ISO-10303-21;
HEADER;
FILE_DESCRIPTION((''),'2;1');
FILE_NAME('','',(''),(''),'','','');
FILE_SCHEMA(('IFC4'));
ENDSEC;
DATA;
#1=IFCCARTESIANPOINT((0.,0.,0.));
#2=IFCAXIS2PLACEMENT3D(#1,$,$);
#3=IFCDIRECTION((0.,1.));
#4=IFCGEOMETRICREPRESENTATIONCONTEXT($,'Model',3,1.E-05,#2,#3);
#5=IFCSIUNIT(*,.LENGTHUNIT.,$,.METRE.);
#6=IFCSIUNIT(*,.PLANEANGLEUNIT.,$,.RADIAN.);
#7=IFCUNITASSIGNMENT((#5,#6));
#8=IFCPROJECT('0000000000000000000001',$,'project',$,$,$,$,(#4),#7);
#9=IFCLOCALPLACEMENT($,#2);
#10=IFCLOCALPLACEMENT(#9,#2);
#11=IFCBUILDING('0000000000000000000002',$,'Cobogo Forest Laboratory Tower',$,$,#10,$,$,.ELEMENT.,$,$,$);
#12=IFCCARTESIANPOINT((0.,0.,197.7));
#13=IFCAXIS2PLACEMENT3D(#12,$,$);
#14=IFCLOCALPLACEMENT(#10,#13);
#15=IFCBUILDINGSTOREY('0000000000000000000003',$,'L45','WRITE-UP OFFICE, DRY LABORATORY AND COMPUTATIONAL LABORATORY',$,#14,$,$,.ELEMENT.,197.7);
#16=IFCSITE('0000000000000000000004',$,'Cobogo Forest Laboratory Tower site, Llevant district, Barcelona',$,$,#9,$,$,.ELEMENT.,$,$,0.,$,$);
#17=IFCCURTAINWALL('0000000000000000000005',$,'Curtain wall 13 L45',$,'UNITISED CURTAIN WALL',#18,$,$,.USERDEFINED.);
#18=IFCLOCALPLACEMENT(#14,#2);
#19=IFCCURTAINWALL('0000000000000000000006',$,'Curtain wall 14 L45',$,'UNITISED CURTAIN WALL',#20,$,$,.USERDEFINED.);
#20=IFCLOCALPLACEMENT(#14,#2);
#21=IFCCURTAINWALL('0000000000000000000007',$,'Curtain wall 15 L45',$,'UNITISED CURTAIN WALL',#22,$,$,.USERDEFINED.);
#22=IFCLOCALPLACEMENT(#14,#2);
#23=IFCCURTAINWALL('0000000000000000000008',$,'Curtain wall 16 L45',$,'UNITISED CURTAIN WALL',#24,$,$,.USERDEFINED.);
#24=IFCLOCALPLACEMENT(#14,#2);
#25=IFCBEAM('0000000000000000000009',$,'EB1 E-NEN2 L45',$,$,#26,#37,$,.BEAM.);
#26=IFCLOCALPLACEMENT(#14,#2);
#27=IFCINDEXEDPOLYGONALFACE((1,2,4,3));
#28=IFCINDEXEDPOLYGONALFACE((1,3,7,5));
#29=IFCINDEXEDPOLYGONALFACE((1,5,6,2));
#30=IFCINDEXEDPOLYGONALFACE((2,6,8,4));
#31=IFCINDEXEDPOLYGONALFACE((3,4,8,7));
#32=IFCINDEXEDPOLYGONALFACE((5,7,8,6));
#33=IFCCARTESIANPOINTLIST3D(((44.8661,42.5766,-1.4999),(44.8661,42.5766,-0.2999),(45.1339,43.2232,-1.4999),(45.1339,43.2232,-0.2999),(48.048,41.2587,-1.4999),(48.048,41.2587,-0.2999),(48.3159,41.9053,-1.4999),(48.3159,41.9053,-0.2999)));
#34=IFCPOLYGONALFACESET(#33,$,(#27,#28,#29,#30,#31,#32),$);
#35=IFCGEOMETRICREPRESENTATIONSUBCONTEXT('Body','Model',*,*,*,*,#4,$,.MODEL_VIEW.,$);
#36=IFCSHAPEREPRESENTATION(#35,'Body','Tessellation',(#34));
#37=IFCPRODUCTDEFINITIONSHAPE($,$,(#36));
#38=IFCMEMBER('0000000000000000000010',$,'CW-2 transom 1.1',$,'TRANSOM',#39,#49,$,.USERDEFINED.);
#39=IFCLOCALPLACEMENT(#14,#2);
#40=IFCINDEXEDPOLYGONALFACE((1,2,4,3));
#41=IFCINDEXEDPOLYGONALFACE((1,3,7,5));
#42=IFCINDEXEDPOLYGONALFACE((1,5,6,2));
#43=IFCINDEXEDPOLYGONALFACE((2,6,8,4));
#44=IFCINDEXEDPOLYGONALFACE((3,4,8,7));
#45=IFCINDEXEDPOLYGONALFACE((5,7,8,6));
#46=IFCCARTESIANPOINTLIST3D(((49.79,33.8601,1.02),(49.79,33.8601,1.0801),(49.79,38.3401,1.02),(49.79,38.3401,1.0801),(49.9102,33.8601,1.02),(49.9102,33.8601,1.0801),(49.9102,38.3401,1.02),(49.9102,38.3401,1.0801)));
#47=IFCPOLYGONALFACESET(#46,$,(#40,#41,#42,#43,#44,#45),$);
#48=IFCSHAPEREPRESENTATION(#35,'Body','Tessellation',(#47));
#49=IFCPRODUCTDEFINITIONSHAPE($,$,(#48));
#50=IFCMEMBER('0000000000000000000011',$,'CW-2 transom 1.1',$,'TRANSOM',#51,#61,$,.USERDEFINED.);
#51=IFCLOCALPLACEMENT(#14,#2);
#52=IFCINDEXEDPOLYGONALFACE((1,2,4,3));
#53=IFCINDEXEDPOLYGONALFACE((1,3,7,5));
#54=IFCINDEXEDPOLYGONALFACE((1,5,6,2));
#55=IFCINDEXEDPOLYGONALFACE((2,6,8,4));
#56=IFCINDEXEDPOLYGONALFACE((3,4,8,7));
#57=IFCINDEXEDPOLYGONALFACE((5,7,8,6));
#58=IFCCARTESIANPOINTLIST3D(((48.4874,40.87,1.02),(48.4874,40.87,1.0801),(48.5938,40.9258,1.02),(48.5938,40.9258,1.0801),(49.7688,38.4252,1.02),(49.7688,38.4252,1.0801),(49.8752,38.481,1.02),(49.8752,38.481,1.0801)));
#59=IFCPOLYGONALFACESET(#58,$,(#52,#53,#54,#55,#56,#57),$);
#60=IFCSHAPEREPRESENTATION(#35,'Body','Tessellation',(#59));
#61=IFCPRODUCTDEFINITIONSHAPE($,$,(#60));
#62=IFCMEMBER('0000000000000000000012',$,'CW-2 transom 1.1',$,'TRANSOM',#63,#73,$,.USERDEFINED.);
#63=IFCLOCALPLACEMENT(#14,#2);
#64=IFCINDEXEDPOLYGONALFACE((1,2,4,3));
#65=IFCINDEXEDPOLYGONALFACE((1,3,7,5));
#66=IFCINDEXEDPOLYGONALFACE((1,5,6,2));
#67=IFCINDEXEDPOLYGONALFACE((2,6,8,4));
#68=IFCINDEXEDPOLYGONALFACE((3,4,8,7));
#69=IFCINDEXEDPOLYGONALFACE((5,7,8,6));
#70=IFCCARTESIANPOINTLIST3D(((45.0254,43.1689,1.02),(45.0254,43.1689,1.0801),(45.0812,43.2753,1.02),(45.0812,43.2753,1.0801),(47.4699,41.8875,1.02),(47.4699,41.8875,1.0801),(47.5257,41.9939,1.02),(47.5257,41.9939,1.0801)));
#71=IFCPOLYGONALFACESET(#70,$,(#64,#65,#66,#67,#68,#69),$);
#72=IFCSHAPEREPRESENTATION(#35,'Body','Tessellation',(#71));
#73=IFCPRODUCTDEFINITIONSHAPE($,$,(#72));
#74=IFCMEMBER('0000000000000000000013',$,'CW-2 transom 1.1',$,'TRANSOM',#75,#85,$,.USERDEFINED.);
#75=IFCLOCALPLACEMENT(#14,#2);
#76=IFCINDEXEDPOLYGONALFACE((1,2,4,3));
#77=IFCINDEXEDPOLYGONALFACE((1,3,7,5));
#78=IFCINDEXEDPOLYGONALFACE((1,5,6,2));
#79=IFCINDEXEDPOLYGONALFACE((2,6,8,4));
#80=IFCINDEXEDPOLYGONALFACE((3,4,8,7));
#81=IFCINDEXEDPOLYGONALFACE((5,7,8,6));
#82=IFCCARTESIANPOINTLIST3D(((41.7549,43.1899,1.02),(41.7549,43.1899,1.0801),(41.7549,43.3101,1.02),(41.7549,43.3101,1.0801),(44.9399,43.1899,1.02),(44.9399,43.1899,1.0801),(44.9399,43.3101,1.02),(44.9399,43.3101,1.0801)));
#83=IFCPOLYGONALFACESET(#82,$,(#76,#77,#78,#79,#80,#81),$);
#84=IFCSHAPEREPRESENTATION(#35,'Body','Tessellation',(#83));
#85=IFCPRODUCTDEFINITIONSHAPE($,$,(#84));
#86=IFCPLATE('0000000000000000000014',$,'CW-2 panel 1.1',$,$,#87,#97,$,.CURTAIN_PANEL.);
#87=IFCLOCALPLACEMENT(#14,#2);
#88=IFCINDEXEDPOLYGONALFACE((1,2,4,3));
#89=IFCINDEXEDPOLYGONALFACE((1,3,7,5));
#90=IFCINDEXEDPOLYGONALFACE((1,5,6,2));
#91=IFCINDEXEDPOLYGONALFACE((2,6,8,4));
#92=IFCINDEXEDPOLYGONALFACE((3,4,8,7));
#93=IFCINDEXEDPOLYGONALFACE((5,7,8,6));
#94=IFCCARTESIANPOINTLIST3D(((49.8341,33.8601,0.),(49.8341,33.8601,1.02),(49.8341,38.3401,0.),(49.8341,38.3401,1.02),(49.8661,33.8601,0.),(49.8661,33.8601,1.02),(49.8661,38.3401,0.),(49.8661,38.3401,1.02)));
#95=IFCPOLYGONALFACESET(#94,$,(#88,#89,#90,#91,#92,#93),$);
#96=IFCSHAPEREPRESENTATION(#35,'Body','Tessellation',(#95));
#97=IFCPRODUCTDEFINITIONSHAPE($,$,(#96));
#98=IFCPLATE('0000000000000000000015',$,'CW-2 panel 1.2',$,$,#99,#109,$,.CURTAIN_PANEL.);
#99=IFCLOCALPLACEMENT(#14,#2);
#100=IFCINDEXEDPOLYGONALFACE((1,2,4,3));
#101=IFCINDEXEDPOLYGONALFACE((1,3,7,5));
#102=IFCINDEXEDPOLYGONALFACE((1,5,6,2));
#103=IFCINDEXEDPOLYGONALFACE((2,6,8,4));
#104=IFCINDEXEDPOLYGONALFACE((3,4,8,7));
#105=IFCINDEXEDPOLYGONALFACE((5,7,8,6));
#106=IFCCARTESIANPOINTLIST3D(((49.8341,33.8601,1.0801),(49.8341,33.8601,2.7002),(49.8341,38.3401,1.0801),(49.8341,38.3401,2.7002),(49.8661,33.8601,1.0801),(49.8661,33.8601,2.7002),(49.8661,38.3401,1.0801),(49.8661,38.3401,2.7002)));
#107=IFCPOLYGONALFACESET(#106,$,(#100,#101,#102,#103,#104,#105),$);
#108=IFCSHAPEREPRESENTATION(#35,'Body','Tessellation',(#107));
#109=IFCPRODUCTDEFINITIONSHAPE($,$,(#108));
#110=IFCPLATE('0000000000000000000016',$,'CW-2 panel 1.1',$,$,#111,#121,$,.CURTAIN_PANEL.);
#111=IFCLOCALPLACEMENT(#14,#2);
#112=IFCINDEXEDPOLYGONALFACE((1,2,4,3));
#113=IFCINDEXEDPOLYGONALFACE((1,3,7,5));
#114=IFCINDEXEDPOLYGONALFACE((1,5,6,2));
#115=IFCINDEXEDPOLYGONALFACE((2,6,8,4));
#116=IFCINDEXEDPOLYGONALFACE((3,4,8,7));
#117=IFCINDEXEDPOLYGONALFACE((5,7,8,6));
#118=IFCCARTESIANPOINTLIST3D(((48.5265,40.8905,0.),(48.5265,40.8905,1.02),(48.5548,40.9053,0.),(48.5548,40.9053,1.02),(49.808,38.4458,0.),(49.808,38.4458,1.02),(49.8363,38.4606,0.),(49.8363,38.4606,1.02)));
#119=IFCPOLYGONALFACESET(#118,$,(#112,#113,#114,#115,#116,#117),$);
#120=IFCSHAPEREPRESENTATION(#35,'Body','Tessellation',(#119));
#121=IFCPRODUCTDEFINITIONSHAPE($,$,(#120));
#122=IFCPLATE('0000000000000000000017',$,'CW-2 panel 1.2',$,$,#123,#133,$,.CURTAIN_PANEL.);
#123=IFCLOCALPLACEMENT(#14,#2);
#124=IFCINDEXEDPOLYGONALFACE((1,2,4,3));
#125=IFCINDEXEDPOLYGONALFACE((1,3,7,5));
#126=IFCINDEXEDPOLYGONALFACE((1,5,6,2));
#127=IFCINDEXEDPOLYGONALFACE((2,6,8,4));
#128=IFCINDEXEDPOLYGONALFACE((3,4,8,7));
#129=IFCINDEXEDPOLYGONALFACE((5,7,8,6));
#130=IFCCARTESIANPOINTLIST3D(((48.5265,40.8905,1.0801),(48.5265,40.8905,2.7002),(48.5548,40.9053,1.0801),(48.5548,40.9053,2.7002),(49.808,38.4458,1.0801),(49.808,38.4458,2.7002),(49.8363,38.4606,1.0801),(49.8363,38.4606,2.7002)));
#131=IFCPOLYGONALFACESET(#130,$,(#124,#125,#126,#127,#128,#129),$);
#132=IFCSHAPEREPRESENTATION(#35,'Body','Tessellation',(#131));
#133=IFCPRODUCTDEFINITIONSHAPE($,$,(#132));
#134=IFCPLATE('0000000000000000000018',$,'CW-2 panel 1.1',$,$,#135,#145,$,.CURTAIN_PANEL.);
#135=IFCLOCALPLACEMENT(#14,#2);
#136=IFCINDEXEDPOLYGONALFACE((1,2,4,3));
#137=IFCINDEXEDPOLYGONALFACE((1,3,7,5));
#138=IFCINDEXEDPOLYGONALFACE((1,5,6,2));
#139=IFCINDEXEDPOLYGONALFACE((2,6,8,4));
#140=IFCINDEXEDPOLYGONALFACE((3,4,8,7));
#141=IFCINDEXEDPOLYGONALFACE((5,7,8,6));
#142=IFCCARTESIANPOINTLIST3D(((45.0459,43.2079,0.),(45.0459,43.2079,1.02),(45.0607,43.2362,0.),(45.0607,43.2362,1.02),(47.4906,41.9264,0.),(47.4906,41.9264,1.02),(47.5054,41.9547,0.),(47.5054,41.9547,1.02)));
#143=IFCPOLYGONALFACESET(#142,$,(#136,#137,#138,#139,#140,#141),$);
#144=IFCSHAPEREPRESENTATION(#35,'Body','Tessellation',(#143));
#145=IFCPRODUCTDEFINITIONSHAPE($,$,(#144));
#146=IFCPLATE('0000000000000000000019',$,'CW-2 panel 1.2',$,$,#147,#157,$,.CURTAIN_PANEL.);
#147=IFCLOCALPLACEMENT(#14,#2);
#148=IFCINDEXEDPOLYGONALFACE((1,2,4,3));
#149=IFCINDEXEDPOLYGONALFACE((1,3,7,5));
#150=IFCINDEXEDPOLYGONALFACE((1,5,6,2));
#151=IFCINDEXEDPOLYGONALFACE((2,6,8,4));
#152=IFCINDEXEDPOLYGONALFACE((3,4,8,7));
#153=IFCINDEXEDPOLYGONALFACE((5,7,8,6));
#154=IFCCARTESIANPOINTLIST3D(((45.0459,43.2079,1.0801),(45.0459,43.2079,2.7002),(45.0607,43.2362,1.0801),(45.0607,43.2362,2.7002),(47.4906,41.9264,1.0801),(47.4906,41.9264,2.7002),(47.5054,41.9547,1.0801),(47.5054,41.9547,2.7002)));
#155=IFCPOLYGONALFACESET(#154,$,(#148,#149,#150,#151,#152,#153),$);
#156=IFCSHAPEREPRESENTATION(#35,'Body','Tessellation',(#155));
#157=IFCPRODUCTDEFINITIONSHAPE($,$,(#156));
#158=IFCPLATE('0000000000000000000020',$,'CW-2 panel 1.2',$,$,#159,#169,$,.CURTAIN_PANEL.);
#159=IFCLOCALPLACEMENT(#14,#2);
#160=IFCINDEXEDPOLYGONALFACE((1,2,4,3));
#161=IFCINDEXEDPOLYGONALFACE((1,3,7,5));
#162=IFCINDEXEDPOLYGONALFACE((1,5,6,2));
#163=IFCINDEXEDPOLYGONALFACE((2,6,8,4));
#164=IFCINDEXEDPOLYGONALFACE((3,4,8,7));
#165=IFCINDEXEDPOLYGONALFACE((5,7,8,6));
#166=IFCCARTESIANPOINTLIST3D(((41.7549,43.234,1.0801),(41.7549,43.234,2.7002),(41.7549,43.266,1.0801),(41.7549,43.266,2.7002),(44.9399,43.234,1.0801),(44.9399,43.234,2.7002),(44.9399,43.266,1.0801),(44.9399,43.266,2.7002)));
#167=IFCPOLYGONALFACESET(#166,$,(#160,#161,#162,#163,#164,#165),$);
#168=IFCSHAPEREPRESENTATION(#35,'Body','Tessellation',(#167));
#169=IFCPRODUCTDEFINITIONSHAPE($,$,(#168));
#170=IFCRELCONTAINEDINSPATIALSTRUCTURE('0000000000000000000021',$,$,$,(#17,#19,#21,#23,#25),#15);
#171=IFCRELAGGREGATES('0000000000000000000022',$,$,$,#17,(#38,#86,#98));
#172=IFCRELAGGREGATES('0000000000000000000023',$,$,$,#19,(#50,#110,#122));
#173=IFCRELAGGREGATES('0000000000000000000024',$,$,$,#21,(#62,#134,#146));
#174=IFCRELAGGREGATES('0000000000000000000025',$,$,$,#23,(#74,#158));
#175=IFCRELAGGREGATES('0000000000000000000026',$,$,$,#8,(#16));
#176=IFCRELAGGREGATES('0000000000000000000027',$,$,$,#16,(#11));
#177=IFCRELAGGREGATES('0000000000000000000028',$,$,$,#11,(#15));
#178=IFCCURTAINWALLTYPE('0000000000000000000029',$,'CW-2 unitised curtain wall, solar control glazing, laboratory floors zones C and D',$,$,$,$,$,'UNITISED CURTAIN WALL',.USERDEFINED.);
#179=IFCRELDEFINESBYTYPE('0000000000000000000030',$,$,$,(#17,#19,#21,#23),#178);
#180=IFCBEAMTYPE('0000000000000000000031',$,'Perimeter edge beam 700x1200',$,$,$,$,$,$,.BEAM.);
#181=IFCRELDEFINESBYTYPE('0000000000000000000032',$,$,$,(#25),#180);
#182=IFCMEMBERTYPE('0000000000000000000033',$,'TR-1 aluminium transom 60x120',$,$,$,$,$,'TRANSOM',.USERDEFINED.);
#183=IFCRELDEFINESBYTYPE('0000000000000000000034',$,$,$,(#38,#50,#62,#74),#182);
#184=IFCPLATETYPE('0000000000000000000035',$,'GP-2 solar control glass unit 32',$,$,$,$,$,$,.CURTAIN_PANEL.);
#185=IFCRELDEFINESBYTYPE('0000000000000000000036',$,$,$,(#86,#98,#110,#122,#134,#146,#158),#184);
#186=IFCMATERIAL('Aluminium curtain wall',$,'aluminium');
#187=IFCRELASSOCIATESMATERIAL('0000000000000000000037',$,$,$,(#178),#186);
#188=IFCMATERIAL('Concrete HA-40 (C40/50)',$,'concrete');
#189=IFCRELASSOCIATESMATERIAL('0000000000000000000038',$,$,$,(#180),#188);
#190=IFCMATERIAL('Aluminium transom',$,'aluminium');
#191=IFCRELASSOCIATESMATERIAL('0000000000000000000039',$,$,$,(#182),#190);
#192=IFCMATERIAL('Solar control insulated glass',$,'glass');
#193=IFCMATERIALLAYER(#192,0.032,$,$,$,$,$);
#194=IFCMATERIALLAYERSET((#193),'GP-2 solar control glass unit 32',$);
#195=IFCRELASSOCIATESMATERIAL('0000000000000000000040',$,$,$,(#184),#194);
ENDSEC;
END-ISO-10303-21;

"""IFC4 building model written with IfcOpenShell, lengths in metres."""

from ifc_helpers import new_model, si_unit, direction, frame, origin, origin_2d, place, context, subcontext, project, spatial, rectangle, extrude, material, layer, layer_set, material_profile, profile_set, type_object, element, aggregate, save


model = new_model("IFC4")

# Units and contexts
model_context = context("Model", 3, precision=1e-05, world=origin(), true_north=direction((0.0, 1.0)))
body_context = subcontext(model_context, "Body", "Model", "MODEL_VIEW")
ifc_project = project(units=[si_unit("LENGTHUNIT", "METRE"), si_unit("PLANEANGLEUNIT", "RADIAN")], contexts=[model_context])

# Site, building, storey
site_placement = place(None, origin())
site = spatial("IfcSite", under=ifc_project, at=site_placement, Name="Cobogo Forest Laboratory Tower site, Llevant district, Barcelona", CompositionType="ELEMENT", RefElevation=0.0)
building_placement = place(site_placement, origin())
building = spatial("IfcBuilding", under=site, at=building_placement, Name="Cobogo Forest Laboratory Tower", CompositionType="ELEMENT")
storey_placement = place(building_placement, frame((0.0, 0.0, 197.7)))
storey = spatial("IfcBuildingStorey", under=building, at=storey_placement, Name="L45", Description="WRITE-UP OFFICE, DRY LABORATORY AND COMPUTATIONAL LABORATORY", CompositionType="ELEMENT", Elevation=197.7)

# Shared definitions
ifc_material_1 = material(Name="Concrete HA-40 (C40/50)", Category="concrete")

# Curtain walls
ifc_material_2 = material(Name="Aluminium curtain wall", Category="aluminium")
curtain_wall_type = type_object("IfcCurtainWallType", Name="CW-2 unitised curtain wall, solar control glazing, laboratory floors zones C and D", ElementType="UNITISED CURTAIN WALL", PredefinedType="USERDEFINED", material=ifc_material_2)
curtain_wall_1_placement = place(storey_placement, origin())
curtain_wall_1 = element("IfcCurtainWall", 1, at=curtain_wall_1_placement, inside=storey, type_object=curtain_wall_type, Name="Curtain wall 13 L45", ObjectType="UNITISED CURTAIN WALL", PredefinedType="USERDEFINED")
curtain_wall_2_placement = place(storey_placement, origin())
curtain_wall_2 = element("IfcCurtainWall", 2, at=curtain_wall_2_placement, inside=storey, type_object=curtain_wall_type, Name="Curtain wall 14 L45", ObjectType="UNITISED CURTAIN WALL", PredefinedType="USERDEFINED")
curtain_wall_3_placement = place(storey_placement, origin())
curtain_wall_3 = element("IfcCurtainWall", 3, at=curtain_wall_3_placement, inside=storey, type_object=curtain_wall_type, Name="Curtain wall 15 L45", ObjectType="UNITISED CURTAIN WALL", PredefinedType="USERDEFINED")

# Curtain wall
curtain_wall_4_placement = place(storey_placement, origin())
curtain_wall_4 = element("IfcCurtainWall", 4, at=curtain_wall_4_placement, inside=storey, type_object=curtain_wall_type, Name="Curtain wall 16 L45", ObjectType="UNITISED CURTAIN WALL", PredefinedType="USERDEFINED")

# Beam
ifc_material_profile_1 = material_profile(ifc_material_1, rectangle(XDim=0.7, YDim=1.2, at=origin_2d()), Name="RC 700x1200")
ifc_profile_set_1 = profile_set([ifc_material_profile_1], Name="Concrete HA-40 (C40/50)")
beam_type_1 = type_object("IfcBeamType", Name="Perimeter edge beam 700x1200", PredefinedType="BEAM", material=ifc_profile_set_1)
beam_1_placement = place(storey_placement, frame((45.0, 42.8999, -0.8999), z_axis=(0.923891, -0.382656, 0.0), x_axis=(0.382656, 0.923891, 0.0)))
element("IfcBeam", 5, at=beam_1_placement, inside=storey, type_object=beam_type_1, Name="EB1 E-NEN2 L45", PredefinedType="BEAM", context=body_context, shape_type="SweptSolid", body=[
    extrude(rectangle(XDim=0.7, YDim=1.2, at=origin_2d()), origin(), (0.0, 0.0, 1.0), 3.4441),
])

# Members
ifc_material_3 = material(Name="Aluminium transom", Category="aluminium")
ifc_material_profile_2 = material_profile(ifc_material_3, rectangle(XDim=0.1201, YDim=0.0601, at=origin_2d()), Name="AL 60x120")
ifc_profile_set_2 = profile_set([ifc_material_profile_2], Name="Aluminium transom")
member_type_1 = type_object("IfcMemberType", Name="TR-1 aluminium transom 60x120", ElementType="TRANSOM", PredefinedType="USERDEFINED", material=ifc_profile_set_2)
member_1_placement = place(storey_placement, frame((49.8501, 33.8601, 1.05), z_axis=(0.0, 1.0, 0.0), x_axis=(-1.0, 0.0, 0.0)))
member_1 = element("IfcMember", 6, at=member_1_placement, type_object=member_type_1, Name="CW-2 transom 1.1", ObjectType="TRANSOM", PredefinedType="USERDEFINED", context=body_context, shape_type="SweptSolid", body=[
    extrude(rectangle(XDim=0.1201, YDim=0.0601, at=origin_2d()), origin(), (0.0, 0.0, 1.0), 4.48),
])
member_2_placement = place(storey_placement, frame((49.822, 38.4531, 1.05), z_axis=(-0.464255, 0.885702, 0.0), x_axis=(-0.885702, -0.464255, 0.0)))
member_2 = element("IfcMember", 7, at=member_2_placement, type_object=member_type_1, Name="CW-2 transom 1.1", ObjectType="TRANSOM", PredefinedType="USERDEFINED", context=body_context, shape_type="SweptSolid", body=[
    extrude(rectangle(XDim=0.1201, YDim=0.0601, at=origin_2d()), origin(), (0.0, 0.0, 1.0), 2.7603),
])
member_3_placement = place(storey_placement, frame((47.4978, 41.9407, 1.05), z_axis=(-0.885683, 0.464291, 0.0), x_axis=(-0.464291, -0.885683, 0.0)))
member_3 = element("IfcMember", 8, at=member_3_placement, type_object=member_type_1, Name="CW-2 transom 1.1", ObjectType="TRANSOM", PredefinedType="USERDEFINED", context=body_context, shape_type="SweptSolid", body=[
    extrude(rectangle(XDim=0.1201, YDim=0.0601, at=origin_2d()), origin(), (0.0, 0.0, 1.0), 2.76),
])
member_4_placement = place(storey_placement, frame((44.9399, 43.25, 1.05), z_axis=(-1.0, 0.0, 0.0), x_axis=(0.0, -1.0, 0.0)))
member_4 = element("IfcMember", 9, at=member_4_placement, type_object=member_type_1, Name="CW-2 transom 1.1", ObjectType="TRANSOM", PredefinedType="USERDEFINED", context=body_context, shape_type="SweptSolid", body=[
    extrude(rectangle(XDim=0.1201, YDim=0.0601, at=origin_2d()), origin(), (0.0, 0.0, 1.0), 3.1851),
])

# Plates
ifc_material_4 = material(Name="Solar control insulated glass", Category="glass")
ifc_layer = layer(ifc_material_4, 0.032)
ifc_layer_set = layer_set([ifc_layer], Name="GP-2 solar control glass unit 32")
plate_type = type_object("IfcPlateType", Name="GP-2 solar control glass unit 32", PredefinedType="CURTAIN_PANEL", material=ifc_layer_set)
plate_1_placement = place(storey_placement, frame((49.8501, 36.1001, 0.0), z_axis=(0.0, 0.0, 1.0), x_axis=(0.0, 1.0, 0.0)))
plate_1 = element("IfcPlate", 10, at=plate_1_placement, type_object=plate_type, Name="CW-2 panel 1.1", PredefinedType="CURTAIN_PANEL", context=body_context, shape_type="SweptSolid", body=[
    extrude(rectangle(XDim=4.48, YDim=0.032, at=origin_2d()), origin(), (0.0, 0.0, 1.0), 1.02),
])
plate_2_placement = place(storey_placement, frame((49.8501, 36.1001, 1.0801), z_axis=(0.0, 0.0, 1.0), x_axis=(0.0, 1.0, 0.0)))
plate_2 = element("IfcPlate", 11, at=plate_2_placement, type_object=plate_type, Name="CW-2 panel 1.2", PredefinedType="CURTAIN_PANEL", context=body_context, shape_type="SweptSolid", body=[
    extrude(rectangle(XDim=4.48, YDim=0.032, at=origin_2d()), origin(), (0.0, 0.0, 1.0), 1.6201),
])
aggregate(curtain_wall_1, [member_1, plate_1, plate_2])
plate_3_placement = place(storey_placement, frame((49.1814, 39.6755, 0.0), z_axis=(0.0, 0.0, 1.0), x_axis=(-0.464284, 0.885686, 0.0)))
plate_3 = element("IfcPlate", 12, at=plate_3_placement, type_object=plate_type, Name="CW-2 panel 1.1", PredefinedType="CURTAIN_PANEL", context=body_context, shape_type="SweptSolid", body=[
    extrude(rectangle(XDim=2.7603, YDim=0.032, at=origin_2d()), origin(), (0.0, 0.0, 1.0), 1.02),
])
plate_4_placement = place(storey_placement, frame((49.1814, 39.6755, 1.0801), z_axis=(0.0, 0.0, 1.0), x_axis=(-0.464284, 0.885686, 0.0)))
plate_4 = element("IfcPlate", 13, at=plate_4_placement, type_object=plate_type, Name="CW-2 panel 1.2", PredefinedType="CURTAIN_PANEL", context=body_context, shape_type="SweptSolid", body=[
    extrude(rectangle(XDim=2.7603, YDim=0.032, at=origin_2d()), origin(), (0.0, 0.0, 1.0), 1.6201),
])
aggregate(curtain_wall_2, [member_2, plate_3, plate_4])
plate_5_placement = place(storey_placement, frame((46.2756, 42.5813, 0.0), z_axis=(0.0, 0.0, 1.0), x_axis=(-0.885686, 0.464284, 0.0)))
plate_5 = element("IfcPlate", 14, at=plate_5_placement, type_object=plate_type, Name="CW-2 panel 1.1", PredefinedType="CURTAIN_PANEL", context=body_context, shape_type="SweptSolid", body=[
    extrude(rectangle(XDim=2.7603, YDim=0.032, at=origin_2d()), origin(), (0.0, 0.0, 1.0), 1.02),
])
plate_6_placement = place(storey_placement, frame((46.2756, 42.5813, 1.0801), z_axis=(0.0, 0.0, 1.0), x_axis=(-0.885686, 0.464284, 0.0)))
plate_6 = element("IfcPlate", 15, at=plate_6_placement, type_object=plate_type, Name="CW-2 panel 1.2", PredefinedType="CURTAIN_PANEL", context=body_context, shape_type="SweptSolid", body=[
    extrude(rectangle(XDim=2.7603, YDim=0.032, at=origin_2d()), origin(), (0.0, 0.0, 1.0), 1.6201),
])
aggregate(curtain_wall_3, [member_3, plate_5, plate_6])
plate_7_placement = place(storey_placement, frame((43.3474, 43.25, 1.0801), z_axis=(0.0, 0.0, 1.0), x_axis=(-1.0, 0.0, 0.0)))
plate_7 = element("IfcPlate", 16, at=plate_7_placement, type_object=plate_type, Name="CW-2 panel 1.2", PredefinedType="CURTAIN_PANEL", context=body_context, shape_type="SweptSolid", body=[
    extrude(rectangle(XDim=3.1851, YDim=0.032, at=origin_2d()), origin(), (0.0, 0.0, 1.0), 1.6201),
])
aggregate(curtain_wall_4, [member_4, plate_7])

save(model, "model.ifc")
